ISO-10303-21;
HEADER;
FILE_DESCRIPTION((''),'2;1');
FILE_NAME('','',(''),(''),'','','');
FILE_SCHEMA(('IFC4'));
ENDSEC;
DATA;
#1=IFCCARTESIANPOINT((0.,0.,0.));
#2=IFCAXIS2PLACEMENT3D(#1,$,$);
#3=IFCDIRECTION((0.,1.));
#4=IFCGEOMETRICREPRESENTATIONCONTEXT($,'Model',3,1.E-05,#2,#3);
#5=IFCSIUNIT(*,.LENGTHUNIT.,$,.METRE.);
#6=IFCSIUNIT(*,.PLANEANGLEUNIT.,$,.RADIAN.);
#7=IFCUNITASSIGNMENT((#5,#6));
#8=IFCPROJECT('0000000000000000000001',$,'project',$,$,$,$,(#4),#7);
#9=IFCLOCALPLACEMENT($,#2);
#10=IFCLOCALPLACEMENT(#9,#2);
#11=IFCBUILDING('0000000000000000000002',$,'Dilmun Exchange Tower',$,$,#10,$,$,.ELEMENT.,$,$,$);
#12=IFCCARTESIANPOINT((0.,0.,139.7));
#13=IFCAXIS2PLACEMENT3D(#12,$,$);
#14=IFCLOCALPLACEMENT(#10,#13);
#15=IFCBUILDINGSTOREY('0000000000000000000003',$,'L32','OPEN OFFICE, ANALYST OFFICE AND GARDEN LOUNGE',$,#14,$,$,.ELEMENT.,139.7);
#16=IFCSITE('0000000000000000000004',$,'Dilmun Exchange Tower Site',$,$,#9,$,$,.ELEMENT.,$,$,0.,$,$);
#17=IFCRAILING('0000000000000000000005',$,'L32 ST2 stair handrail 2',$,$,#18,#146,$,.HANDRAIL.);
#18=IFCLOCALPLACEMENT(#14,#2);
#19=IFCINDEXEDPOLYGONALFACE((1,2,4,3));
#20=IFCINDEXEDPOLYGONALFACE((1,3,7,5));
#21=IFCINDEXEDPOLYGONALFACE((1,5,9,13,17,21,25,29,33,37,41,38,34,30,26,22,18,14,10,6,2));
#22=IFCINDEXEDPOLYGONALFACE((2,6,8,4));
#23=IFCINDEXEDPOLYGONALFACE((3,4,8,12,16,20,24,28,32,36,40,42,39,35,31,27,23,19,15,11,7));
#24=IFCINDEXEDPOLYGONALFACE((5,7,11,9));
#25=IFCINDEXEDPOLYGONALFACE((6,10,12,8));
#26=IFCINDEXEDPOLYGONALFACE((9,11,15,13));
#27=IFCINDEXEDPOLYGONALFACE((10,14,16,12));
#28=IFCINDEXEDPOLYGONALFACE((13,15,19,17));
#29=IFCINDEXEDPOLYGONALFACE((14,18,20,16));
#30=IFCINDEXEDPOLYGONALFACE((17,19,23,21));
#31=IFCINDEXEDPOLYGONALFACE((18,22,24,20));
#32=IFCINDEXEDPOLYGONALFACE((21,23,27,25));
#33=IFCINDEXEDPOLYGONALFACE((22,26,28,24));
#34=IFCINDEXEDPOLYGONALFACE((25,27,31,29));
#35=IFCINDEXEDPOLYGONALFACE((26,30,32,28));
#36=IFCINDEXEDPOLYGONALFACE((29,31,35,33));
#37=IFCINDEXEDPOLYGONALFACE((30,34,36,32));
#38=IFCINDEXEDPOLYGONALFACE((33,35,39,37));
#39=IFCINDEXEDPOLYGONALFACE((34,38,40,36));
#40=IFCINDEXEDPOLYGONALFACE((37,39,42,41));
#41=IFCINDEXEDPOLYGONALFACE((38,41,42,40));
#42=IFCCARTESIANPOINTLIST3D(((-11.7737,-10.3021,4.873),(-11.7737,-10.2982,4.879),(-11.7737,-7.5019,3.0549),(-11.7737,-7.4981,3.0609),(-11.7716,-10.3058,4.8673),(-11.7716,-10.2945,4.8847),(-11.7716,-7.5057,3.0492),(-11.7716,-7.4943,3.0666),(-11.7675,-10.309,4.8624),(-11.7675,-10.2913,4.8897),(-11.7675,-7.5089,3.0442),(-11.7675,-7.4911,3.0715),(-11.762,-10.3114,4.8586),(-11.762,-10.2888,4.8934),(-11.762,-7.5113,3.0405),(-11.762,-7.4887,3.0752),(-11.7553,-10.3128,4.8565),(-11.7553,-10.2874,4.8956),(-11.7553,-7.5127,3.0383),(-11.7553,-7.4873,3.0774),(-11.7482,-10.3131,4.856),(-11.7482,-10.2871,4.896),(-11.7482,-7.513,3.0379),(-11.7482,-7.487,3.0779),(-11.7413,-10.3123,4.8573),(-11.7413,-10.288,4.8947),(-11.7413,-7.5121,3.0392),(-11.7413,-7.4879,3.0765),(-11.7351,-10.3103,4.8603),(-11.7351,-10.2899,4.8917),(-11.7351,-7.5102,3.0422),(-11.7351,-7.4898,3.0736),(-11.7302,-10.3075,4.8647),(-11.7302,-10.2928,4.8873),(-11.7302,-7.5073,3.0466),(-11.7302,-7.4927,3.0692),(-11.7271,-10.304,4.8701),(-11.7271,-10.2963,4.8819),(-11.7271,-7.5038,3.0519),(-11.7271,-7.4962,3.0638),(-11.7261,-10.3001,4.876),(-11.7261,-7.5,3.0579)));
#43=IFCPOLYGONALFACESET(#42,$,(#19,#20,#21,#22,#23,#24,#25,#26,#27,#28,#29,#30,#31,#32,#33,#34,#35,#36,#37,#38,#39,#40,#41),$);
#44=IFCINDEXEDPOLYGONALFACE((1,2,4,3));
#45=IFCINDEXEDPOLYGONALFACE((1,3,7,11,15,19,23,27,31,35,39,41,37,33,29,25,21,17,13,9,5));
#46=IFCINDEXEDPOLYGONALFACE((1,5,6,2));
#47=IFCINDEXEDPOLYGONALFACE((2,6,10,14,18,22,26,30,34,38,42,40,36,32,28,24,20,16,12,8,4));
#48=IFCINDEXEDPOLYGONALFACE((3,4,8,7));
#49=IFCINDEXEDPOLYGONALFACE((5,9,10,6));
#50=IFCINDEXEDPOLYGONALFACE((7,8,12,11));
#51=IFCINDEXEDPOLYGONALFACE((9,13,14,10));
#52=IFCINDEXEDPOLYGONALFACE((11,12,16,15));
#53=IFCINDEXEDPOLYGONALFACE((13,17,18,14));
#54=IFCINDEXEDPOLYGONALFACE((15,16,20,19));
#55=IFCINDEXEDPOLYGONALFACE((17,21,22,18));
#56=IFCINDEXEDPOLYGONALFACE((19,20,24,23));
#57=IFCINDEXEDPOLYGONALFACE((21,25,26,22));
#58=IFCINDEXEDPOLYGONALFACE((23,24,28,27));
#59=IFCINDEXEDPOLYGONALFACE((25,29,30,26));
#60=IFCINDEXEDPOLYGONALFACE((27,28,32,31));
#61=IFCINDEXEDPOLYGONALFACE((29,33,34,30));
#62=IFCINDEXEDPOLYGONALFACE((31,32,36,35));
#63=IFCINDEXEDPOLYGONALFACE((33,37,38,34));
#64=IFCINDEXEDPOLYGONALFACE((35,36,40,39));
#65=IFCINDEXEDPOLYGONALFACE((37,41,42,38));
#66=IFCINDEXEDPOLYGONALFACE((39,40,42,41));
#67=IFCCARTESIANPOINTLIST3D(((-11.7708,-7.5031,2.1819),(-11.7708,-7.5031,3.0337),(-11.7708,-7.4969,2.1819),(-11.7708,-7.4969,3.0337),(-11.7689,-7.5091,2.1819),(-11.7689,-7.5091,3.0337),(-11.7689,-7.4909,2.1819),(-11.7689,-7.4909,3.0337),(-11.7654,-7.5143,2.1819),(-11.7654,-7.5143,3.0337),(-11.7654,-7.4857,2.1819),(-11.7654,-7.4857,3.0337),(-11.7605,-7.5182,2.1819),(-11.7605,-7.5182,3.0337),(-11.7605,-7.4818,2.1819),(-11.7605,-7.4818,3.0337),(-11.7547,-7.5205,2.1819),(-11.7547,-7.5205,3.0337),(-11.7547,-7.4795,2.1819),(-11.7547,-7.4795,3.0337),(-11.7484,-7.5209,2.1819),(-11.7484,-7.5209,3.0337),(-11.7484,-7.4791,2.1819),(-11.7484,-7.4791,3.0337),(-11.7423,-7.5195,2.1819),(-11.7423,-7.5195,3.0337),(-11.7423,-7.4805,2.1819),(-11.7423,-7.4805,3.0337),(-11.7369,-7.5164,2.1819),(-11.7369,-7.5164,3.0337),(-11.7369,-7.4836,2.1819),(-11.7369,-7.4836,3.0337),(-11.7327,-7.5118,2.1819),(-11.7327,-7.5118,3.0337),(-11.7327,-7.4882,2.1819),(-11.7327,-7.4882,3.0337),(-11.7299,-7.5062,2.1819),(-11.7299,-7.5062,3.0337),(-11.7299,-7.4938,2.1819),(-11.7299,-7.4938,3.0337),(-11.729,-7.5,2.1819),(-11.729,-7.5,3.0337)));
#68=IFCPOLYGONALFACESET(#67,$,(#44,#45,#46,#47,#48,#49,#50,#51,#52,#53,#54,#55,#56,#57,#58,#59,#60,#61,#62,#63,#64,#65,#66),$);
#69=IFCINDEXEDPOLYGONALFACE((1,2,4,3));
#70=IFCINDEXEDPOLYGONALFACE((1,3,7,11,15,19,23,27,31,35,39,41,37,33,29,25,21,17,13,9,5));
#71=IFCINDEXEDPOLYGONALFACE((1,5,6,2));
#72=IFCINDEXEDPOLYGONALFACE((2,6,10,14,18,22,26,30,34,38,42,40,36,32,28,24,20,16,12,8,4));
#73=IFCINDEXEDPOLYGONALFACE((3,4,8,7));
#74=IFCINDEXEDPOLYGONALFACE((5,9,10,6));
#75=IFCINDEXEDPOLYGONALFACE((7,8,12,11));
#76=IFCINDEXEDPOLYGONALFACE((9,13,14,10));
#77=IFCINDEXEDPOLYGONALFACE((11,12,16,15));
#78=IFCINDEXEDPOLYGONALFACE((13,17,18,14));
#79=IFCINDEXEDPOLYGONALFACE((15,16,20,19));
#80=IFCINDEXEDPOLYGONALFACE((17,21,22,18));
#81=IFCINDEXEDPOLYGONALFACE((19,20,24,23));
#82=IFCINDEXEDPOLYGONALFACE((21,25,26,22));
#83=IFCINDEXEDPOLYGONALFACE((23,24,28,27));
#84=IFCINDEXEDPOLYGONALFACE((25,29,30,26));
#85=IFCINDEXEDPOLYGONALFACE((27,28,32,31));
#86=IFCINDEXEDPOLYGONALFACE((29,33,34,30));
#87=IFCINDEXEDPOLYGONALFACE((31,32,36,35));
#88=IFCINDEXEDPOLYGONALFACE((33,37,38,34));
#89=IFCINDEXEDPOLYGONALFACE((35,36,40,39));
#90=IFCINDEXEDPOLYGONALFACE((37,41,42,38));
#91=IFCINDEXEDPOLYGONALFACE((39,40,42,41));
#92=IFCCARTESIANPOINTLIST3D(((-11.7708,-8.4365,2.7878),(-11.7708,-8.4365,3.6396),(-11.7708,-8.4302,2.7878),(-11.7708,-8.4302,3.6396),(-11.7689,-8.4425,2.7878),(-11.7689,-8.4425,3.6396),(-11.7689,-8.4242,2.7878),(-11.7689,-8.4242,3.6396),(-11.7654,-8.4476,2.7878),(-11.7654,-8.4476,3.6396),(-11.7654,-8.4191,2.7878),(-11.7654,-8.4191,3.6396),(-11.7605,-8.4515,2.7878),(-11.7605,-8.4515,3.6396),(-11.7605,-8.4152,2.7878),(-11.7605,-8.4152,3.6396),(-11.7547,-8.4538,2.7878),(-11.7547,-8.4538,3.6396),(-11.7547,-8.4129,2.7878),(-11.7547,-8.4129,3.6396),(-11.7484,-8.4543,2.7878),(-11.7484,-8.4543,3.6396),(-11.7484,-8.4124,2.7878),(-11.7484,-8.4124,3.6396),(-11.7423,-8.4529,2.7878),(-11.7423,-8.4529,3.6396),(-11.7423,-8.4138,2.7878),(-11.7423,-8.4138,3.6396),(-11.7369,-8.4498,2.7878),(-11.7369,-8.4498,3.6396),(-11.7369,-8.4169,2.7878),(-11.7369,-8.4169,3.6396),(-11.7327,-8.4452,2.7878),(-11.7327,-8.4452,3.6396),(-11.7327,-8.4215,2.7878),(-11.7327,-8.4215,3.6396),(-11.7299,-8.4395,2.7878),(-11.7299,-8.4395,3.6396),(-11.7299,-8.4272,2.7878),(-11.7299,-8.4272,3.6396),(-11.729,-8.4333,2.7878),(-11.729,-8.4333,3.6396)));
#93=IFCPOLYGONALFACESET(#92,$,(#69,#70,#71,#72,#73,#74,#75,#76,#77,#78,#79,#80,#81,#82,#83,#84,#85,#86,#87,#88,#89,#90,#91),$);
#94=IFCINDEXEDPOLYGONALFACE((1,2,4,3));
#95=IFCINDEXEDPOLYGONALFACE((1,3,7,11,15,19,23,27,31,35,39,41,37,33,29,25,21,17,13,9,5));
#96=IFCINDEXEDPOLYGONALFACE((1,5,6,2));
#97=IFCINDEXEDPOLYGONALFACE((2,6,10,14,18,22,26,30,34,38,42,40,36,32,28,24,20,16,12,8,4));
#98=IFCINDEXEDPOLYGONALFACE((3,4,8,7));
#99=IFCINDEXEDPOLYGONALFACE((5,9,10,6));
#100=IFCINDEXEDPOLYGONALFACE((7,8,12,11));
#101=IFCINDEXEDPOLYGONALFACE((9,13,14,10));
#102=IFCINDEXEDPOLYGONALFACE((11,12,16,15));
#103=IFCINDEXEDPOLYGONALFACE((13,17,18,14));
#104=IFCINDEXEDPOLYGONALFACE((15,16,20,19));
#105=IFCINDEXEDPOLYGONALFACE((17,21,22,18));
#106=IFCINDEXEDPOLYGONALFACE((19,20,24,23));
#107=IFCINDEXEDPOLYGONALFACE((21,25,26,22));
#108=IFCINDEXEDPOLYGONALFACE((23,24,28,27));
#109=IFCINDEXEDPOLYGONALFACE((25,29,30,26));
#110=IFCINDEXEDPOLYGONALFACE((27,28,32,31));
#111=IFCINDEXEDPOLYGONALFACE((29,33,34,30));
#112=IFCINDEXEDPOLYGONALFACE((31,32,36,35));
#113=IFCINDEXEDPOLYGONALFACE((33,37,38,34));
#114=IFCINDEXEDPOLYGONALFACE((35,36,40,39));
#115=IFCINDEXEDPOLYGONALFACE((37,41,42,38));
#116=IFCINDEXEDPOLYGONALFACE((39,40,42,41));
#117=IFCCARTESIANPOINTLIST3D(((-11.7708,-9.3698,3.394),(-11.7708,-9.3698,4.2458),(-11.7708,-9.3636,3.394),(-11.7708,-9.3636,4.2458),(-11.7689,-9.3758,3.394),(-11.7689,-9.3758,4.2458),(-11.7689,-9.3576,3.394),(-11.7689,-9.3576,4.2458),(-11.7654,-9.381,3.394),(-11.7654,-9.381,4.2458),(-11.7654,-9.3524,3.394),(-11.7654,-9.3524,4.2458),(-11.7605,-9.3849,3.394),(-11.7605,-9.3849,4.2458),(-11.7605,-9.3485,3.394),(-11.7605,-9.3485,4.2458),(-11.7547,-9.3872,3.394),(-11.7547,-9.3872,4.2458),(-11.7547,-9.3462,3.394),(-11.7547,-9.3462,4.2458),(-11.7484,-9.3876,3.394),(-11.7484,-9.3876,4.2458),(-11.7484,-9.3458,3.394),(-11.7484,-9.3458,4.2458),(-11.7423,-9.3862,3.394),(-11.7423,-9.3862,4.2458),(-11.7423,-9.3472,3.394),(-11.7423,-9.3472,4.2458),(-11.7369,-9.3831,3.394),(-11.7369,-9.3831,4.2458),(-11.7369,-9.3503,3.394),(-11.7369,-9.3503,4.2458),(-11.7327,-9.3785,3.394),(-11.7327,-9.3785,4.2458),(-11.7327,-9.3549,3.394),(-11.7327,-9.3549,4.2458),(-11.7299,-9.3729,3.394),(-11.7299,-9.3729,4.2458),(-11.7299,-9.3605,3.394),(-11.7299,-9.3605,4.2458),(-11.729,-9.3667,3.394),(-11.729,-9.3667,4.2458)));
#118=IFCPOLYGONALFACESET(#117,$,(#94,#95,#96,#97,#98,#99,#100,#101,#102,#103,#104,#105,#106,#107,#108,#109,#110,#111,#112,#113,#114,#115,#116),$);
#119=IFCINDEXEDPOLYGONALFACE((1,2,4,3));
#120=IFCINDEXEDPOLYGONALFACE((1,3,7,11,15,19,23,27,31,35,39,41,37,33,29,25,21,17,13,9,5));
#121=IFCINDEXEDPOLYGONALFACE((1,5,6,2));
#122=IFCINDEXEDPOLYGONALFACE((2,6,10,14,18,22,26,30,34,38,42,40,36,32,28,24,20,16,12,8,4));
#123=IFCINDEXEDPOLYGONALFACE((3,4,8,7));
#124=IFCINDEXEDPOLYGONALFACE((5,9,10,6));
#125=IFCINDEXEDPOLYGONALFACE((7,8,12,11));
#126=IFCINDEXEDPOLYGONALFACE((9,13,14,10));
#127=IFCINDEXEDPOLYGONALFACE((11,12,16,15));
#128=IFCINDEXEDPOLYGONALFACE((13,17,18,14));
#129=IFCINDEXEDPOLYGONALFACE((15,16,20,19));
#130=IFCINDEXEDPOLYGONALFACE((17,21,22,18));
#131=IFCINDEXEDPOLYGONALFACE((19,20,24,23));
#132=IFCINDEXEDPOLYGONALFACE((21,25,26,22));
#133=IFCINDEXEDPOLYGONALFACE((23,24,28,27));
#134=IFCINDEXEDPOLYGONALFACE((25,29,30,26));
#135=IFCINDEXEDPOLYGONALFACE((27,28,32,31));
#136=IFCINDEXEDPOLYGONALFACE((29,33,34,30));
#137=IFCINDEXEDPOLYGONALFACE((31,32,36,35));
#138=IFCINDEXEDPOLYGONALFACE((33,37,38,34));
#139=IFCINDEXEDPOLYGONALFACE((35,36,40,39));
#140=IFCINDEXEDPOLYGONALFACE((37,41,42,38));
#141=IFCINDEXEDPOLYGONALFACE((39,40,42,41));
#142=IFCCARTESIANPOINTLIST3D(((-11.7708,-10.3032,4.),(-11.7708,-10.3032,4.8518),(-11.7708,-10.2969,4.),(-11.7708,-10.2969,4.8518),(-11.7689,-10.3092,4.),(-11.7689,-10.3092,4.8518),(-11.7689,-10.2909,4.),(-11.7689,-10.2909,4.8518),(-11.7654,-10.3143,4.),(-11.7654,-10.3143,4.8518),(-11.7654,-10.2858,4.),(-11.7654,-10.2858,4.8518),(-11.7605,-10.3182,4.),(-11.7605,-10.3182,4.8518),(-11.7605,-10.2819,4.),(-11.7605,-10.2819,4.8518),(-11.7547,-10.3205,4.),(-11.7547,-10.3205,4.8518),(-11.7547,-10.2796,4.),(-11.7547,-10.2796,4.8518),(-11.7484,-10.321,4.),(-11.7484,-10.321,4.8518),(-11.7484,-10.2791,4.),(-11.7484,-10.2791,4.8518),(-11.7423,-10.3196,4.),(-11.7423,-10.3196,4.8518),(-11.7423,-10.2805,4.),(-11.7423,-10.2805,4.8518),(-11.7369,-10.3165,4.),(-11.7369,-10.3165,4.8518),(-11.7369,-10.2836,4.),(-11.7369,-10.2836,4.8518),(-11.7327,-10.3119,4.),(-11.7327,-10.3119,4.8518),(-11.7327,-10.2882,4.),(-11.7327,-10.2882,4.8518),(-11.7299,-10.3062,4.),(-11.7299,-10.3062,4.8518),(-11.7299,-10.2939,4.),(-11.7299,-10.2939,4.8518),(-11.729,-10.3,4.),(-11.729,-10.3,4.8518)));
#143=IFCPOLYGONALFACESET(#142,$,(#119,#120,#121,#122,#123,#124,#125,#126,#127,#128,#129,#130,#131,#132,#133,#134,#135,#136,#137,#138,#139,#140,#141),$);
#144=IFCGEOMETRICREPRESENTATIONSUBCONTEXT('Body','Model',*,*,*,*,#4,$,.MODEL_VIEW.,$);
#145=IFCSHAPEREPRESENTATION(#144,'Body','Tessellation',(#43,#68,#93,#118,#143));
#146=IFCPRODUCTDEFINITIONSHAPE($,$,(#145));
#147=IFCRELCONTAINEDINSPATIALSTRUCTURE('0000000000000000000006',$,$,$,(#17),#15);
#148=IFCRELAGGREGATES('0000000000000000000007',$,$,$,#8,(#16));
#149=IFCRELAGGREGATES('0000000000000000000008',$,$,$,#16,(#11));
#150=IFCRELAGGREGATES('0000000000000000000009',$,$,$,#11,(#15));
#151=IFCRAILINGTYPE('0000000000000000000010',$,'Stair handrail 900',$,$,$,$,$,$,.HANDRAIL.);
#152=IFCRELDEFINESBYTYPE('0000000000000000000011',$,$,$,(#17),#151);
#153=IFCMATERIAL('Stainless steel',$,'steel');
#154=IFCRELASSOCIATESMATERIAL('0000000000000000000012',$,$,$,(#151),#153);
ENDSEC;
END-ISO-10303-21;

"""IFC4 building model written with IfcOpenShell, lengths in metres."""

from ifc_helpers import new_model, si_unit, direction, frame, origin, origin_2d, place, context, subcontext, project, spatial, circle, extrude, material, type_object, element, save


model = new_model("IFC4")

# Units and contexts
model_context = context("Model", 3, precision=1e-05, world=origin(), true_north=direction((0.0, 1.0)))
body_context = subcontext(model_context, "Body", "Model", "MODEL_VIEW")
ifc_project = project(units=[si_unit("LENGTHUNIT", "METRE"), si_unit("PLANEANGLEUNIT", "RADIAN")], contexts=[model_context])

# Site, building, storey
site_placement = place(None, origin())
site = spatial("IfcSite", under=ifc_project, at=site_placement, Name="Dilmun Exchange Tower Site", CompositionType="ELEMENT", RefElevation=0.0)
building_placement = place(site_placement, origin())
building = spatial("IfcBuilding", under=site, at=building_placement, Name="Dilmun Exchange Tower", CompositionType="ELEMENT")
storey_placement = place(building_placement, frame((0.0, 0.0, 139.7)))
storey = spatial("IfcBuildingStorey", under=building, at=storey_placement, Name="L32", Description="OPEN OFFICE, ANALYST OFFICE AND GARDEN LOUNGE", CompositionType="ELEMENT", Elevation=139.7)

# Railing
ifc_material_1 = material(Name="Stainless steel", Category="steel")
railing_type = type_object("IfcRailingType", Name="Stair handrail 900", PredefinedType="HANDRAIL", material=ifc_material_1)
railing_placement = place(storey_placement, frame((-11.75, -7.5, 2.1819)))
element("IfcRailing", 1, at=railing_placement, inside=storey, type_object=railing_type, Name="L32 ST2 stair handrail 2", PredefinedType="HANDRAIL", context=body_context, shape_type="SweptSolid", body=[
    extrude(circle(Radius=0.0239, at=origin_2d()), frame((0.0, 0.0, 0.876), z_axis=(0.0, -0.838706, 0.544585), x_axis=(1.0, 0.0, 0.0)), (0.0, 0.0, 1.0), 3.3386),
    extrude(circle(Radius=0.021, at=origin_2d()), origin(), (0.0, 0.0, 1.0), 0.8518),
    extrude(circle(Radius=0.021, at=origin_2d()), frame((0.0, -0.9333, 0.606)), (0.0, 0.0, 1.0), 0.8518),
    extrude(circle(Radius=0.021, at=origin_2d()), frame((0.0, -1.8667, 1.2122)), (0.0, 0.0, 1.0), 0.8518),
    extrude(circle(Radius=0.021, at=origin_2d()), frame((0.0, -2.8, 1.8181)), (0.0, 0.0, 1.0), 0.8518),
])

save(model, "model.ifc")
